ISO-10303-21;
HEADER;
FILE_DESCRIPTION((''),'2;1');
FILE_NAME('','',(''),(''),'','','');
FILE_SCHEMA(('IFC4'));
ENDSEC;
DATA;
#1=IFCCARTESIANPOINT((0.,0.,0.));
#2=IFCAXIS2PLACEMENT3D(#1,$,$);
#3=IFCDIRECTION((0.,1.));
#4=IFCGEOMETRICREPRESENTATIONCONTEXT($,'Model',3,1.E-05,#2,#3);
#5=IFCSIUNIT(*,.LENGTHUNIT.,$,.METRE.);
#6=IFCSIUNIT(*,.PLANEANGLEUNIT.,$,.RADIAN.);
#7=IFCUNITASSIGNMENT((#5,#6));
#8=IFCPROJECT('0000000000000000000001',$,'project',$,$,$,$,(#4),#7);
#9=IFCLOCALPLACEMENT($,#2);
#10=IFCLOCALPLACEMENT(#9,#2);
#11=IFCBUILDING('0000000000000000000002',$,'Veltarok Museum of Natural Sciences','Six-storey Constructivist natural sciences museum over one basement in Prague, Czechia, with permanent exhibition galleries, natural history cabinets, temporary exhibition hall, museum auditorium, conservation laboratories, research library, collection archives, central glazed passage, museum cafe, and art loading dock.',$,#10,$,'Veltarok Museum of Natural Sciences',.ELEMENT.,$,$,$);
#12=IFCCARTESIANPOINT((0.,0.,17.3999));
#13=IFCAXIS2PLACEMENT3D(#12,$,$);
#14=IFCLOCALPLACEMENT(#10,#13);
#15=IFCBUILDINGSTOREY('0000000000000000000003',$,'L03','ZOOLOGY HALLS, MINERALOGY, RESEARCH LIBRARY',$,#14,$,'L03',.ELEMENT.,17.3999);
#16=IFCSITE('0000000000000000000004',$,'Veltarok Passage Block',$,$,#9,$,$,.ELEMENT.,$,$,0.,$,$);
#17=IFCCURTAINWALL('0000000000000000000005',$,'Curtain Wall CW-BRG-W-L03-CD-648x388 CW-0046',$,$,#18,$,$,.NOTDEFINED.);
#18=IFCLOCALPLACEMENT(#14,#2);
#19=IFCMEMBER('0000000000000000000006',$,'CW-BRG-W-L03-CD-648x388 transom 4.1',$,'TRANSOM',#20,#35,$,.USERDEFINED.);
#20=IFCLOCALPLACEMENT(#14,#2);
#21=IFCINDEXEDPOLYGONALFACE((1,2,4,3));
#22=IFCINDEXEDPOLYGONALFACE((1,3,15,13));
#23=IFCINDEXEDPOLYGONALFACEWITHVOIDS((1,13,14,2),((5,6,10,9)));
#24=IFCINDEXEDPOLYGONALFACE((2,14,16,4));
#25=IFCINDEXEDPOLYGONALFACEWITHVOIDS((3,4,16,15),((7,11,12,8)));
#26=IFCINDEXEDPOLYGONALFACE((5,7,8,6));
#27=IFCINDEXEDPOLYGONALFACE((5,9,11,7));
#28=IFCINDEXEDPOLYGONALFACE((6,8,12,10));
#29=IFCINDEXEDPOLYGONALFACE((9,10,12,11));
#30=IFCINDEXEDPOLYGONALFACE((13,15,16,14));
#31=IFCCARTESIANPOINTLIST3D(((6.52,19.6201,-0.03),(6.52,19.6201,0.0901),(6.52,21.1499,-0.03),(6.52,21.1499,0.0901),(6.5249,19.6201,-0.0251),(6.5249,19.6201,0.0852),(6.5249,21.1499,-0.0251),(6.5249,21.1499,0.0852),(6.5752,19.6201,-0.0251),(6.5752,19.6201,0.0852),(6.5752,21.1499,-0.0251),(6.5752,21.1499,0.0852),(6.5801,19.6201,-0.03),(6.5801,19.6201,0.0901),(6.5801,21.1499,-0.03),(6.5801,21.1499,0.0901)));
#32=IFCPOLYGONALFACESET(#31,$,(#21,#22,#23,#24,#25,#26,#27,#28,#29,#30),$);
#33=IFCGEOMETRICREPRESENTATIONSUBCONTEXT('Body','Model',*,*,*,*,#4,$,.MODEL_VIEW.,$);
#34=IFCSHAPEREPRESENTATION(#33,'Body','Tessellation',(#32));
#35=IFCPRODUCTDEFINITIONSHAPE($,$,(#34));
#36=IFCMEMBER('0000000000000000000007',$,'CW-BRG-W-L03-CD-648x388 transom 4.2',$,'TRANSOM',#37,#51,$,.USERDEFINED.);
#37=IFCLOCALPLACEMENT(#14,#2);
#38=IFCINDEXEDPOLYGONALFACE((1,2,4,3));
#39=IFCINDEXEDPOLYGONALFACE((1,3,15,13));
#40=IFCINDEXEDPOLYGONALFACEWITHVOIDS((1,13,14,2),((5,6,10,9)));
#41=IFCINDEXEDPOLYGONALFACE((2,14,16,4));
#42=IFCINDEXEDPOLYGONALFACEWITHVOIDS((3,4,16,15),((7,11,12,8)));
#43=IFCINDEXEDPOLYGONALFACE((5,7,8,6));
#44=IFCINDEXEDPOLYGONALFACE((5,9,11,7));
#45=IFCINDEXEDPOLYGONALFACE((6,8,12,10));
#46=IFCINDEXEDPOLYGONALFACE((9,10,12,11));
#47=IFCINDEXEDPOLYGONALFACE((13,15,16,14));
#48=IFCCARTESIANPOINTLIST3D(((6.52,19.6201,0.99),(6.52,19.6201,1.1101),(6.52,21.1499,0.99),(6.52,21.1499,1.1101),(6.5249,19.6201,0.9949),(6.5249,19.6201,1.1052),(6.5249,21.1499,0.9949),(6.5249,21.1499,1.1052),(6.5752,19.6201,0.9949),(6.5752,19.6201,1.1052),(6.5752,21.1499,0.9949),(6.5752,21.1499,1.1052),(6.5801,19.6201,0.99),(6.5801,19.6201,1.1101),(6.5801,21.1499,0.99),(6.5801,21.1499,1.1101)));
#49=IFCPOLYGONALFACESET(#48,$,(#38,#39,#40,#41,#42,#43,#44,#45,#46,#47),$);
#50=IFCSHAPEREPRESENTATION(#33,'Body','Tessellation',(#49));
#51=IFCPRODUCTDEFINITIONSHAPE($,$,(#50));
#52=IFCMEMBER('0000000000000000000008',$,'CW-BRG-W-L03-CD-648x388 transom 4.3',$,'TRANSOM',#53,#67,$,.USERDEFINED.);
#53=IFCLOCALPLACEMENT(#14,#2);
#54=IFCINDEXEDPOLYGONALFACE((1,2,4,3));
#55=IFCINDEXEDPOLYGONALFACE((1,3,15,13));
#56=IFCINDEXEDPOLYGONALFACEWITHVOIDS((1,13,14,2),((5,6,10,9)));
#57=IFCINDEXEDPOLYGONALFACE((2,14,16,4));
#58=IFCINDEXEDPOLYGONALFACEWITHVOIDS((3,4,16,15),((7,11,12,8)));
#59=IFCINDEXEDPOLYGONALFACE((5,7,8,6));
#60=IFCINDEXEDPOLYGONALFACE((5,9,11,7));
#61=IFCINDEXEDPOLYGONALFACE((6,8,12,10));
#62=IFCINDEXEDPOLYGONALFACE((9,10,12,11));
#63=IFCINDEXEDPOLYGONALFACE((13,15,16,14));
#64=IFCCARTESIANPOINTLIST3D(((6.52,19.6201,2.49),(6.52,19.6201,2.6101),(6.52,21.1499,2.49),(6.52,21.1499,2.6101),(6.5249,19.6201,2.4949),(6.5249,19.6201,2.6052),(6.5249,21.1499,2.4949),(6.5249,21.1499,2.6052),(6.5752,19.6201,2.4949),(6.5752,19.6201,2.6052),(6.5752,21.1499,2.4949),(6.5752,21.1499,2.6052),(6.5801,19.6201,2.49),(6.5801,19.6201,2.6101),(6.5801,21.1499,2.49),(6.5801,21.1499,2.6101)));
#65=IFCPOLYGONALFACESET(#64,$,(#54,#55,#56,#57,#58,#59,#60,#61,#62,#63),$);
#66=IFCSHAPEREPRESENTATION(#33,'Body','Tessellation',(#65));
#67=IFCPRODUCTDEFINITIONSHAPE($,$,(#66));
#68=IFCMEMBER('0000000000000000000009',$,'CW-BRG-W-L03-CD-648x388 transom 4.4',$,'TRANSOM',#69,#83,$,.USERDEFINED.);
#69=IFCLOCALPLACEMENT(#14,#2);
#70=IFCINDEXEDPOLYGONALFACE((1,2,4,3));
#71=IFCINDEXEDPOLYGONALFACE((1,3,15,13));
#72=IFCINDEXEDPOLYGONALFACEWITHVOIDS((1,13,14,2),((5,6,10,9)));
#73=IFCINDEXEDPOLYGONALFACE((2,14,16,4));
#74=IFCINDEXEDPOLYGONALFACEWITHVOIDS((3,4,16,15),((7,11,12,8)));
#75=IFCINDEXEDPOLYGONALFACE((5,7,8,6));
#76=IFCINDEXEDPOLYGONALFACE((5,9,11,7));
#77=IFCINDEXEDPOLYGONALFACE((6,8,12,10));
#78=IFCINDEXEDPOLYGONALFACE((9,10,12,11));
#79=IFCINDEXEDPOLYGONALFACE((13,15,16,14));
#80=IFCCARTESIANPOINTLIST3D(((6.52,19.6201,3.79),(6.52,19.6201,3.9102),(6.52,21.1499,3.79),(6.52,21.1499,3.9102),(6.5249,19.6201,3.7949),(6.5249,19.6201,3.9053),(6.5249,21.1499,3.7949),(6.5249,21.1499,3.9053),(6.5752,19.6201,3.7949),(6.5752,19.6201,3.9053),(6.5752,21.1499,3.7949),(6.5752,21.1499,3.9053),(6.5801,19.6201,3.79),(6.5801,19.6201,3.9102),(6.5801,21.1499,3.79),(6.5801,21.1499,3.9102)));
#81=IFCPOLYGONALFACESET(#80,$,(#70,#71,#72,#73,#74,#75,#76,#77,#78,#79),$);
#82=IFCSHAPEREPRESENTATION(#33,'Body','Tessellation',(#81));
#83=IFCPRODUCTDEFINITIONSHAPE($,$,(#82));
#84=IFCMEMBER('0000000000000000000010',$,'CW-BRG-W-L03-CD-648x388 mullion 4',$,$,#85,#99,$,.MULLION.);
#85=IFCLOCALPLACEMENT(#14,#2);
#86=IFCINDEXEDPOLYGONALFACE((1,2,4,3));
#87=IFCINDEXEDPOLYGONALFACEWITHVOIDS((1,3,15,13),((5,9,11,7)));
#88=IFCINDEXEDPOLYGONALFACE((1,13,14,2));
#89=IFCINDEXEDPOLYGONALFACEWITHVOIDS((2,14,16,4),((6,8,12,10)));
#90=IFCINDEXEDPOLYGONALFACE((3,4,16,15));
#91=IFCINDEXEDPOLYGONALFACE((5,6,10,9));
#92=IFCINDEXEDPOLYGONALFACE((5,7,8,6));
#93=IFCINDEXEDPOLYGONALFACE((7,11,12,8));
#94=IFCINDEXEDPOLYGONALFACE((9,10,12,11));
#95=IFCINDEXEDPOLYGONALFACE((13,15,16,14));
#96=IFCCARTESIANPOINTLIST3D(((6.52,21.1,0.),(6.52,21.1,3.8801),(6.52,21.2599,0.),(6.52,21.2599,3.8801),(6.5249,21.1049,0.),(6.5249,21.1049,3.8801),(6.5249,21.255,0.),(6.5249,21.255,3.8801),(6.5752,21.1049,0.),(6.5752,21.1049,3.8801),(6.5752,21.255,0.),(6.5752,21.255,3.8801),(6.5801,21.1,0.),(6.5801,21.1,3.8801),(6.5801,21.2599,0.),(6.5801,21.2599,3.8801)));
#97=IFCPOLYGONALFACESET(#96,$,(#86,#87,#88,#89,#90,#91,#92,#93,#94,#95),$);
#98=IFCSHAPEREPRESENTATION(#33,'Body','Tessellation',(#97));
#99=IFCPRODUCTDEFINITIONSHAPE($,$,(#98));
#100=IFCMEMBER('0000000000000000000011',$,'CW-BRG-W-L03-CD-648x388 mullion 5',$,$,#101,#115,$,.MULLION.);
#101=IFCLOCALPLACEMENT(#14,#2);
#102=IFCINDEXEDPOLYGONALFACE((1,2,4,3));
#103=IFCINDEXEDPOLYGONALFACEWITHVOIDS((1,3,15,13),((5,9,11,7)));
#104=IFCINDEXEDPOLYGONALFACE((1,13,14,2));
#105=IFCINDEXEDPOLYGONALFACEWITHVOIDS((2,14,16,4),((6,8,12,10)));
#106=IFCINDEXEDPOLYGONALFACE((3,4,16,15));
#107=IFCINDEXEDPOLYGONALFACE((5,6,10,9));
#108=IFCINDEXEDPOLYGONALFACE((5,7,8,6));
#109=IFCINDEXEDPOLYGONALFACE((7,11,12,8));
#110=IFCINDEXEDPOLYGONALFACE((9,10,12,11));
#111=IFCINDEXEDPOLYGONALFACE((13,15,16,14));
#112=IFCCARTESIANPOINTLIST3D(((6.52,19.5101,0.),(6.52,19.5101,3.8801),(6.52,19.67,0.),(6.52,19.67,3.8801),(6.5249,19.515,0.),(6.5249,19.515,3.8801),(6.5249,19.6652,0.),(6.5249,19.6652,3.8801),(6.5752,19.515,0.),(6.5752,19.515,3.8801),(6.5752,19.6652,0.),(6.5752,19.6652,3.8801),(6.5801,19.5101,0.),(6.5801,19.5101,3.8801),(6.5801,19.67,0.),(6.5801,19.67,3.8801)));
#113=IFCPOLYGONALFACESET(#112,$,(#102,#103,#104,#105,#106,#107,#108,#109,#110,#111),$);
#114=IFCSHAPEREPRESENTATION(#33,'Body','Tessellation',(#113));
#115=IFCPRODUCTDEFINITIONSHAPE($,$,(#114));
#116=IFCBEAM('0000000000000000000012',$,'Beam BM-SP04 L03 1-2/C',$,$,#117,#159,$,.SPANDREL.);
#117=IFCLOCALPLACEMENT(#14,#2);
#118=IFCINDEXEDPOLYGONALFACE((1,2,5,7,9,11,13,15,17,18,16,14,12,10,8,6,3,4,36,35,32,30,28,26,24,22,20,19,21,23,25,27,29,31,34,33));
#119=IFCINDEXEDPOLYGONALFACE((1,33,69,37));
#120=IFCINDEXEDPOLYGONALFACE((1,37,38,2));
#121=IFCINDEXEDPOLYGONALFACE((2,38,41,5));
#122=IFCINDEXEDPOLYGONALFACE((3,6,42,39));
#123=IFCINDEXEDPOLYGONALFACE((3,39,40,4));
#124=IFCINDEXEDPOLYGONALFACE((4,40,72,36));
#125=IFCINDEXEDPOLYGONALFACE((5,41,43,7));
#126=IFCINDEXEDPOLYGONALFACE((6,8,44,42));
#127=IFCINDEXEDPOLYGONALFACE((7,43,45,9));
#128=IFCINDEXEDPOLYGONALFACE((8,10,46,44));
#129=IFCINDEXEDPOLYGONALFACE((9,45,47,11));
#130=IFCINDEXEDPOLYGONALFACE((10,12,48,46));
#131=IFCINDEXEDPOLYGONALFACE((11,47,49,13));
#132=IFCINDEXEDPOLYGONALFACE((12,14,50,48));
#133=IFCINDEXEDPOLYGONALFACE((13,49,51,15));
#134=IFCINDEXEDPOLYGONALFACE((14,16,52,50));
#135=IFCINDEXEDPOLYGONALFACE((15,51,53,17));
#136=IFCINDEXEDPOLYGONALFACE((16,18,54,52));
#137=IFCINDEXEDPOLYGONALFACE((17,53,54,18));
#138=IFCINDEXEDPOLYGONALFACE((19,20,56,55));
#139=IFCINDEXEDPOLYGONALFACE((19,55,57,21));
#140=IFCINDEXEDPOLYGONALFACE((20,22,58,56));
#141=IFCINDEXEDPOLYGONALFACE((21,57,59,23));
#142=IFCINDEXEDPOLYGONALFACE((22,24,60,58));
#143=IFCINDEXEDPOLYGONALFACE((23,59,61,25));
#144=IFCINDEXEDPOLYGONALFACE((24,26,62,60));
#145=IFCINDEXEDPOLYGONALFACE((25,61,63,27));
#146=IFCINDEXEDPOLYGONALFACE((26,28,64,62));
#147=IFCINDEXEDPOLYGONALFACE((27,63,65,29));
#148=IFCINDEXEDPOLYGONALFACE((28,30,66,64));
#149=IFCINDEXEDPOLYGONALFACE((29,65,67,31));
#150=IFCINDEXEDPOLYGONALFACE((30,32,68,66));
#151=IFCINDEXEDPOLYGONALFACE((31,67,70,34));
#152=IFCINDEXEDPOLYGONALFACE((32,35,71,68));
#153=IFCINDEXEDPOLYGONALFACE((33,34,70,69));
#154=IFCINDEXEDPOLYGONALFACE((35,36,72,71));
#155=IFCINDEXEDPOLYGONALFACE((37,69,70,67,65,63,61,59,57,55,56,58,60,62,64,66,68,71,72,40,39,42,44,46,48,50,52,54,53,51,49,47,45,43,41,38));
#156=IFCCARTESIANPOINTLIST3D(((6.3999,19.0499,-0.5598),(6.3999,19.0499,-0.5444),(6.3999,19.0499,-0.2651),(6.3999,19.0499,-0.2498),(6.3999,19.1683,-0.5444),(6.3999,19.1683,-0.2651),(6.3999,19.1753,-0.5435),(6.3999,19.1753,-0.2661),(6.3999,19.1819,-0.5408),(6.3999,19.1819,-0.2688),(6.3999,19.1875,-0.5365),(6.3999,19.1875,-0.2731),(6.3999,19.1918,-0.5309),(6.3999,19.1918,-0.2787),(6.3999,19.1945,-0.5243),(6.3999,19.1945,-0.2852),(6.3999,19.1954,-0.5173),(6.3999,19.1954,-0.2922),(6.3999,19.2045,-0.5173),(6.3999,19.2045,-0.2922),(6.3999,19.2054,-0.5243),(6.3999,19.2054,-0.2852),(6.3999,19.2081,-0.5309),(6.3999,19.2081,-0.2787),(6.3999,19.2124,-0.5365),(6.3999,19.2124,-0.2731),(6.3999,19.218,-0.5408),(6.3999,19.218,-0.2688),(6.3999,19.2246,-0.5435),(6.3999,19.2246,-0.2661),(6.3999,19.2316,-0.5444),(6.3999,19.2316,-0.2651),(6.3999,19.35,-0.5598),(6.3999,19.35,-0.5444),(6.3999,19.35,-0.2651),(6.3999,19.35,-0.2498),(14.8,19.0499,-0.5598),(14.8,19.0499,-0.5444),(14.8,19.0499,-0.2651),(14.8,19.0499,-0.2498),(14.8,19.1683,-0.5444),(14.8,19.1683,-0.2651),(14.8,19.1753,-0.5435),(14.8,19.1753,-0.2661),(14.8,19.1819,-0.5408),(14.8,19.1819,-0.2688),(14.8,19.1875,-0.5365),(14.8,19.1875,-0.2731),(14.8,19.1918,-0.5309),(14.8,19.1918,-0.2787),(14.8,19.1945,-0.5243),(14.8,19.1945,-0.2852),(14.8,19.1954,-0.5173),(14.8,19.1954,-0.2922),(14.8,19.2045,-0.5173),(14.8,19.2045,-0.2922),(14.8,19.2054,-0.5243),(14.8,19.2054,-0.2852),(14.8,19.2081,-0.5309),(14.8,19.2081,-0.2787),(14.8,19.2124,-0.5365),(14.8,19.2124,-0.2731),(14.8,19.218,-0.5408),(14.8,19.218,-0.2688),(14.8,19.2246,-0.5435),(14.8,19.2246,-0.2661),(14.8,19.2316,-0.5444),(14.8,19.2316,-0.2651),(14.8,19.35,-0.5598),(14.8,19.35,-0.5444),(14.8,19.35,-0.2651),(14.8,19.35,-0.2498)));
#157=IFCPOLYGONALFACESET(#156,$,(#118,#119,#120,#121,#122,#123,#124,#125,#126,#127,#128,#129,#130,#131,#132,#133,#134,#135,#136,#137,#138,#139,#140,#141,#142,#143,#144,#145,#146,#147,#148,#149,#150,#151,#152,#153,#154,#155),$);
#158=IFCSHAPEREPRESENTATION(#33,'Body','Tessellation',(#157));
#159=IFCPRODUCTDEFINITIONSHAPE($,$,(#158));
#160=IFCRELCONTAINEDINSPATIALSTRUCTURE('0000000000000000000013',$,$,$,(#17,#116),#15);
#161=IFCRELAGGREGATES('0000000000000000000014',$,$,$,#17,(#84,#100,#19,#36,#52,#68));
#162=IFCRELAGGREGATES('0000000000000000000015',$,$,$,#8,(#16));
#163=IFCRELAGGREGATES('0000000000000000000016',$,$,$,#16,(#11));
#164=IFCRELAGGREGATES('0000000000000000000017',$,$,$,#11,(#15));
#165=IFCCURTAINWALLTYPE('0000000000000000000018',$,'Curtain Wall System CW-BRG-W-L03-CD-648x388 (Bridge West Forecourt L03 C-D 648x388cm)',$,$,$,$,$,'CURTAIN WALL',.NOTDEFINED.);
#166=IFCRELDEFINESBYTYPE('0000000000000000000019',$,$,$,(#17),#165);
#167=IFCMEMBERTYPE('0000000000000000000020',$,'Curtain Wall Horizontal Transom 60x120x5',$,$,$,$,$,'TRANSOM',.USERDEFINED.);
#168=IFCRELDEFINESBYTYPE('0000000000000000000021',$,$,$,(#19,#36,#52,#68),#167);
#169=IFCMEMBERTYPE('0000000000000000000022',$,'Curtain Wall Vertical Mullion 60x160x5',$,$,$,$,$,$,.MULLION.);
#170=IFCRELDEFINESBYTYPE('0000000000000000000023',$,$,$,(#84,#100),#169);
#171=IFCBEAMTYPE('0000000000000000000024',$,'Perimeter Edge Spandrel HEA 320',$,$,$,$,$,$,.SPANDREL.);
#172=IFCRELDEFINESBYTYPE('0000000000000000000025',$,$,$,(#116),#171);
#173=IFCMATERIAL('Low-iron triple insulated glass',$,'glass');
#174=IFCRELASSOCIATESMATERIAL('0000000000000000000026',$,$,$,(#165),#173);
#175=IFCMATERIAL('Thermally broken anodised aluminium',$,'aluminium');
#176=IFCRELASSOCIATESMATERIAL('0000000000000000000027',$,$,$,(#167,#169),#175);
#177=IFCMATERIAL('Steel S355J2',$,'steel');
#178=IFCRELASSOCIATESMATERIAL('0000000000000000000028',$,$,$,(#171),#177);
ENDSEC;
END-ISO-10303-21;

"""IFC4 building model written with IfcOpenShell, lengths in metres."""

from ifc_helpers import new_model, si_unit, direction, frame, origin, origin_2d, place, context, subcontext, project, spatial, hollow_rectangle, i_section, extrude, material, material_profile, profile_set, type_object, element, aggregate, save


model = new_model("IFC4")

# Units and contexts
model_context = context("Model", 3, precision=1e-05, world=origin(), true_north=direction((0.0, 1.0)))
body_context = subcontext(model_context, "Body", "Model", "MODEL_VIEW")
ifc_project = project(units=[si_unit("LENGTHUNIT", "METRE"), si_unit("PLANEANGLEUNIT", "RADIAN")], contexts=[model_context])

# Site, building, storey
site_placement = place(None, origin())
site = spatial("IfcSite", under=ifc_project, at=site_placement, Name="Veltarok Passage Block", CompositionType="ELEMENT", RefElevation=0.0)
building_placement = place(site_placement, origin())
building = spatial("IfcBuilding", under=site, at=building_placement, Name="Veltarok Museum of Natural Sciences", Description="Six-storey Constructivist natural sciences museum over one basement in Prague, Czechia, with permanent exhibition galleries, natural history cabinets, temporary exhibition hall, museum auditorium, conservation laboratories, research library, collection archives, central glazed passage, museum cafe, and art loading dock.", LongName="Veltarok Museum of Natural Sciences", CompositionType="ELEMENT")
storey_placement = place(building_placement, frame((0.0, 0.0, 17.3999)))
storey = spatial("IfcBuildingStorey", under=building, at=storey_placement, Name="L03", Description="ZOOLOGY HALLS, MINERALOGY, RESEARCH LIBRARY", LongName="L03", CompositionType="ELEMENT", Elevation=17.3999)

# Shared definitions
ifc_material_1 = material(Name="Steel S355J2", Category="steel")

# Curtain wall, members
ifc_material_2 = material(Name="Low-iron triple insulated glass", Category="glass")
curtain_wall_type = type_object("IfcCurtainWallType", Name="Curtain Wall System CW-BRG-W-L03-CD-648x388 (Bridge West Forecourt L03 C-D 648x388cm)", ElementType="CURTAIN WALL", PredefinedType="NOTDEFINED", material=ifc_material_2)
curtain_wall_placement = place(storey_placement, origin())
curtain_wall = element("IfcCurtainWall", 1, at=curtain_wall_placement, inside=storey, type_object=curtain_wall_type, Name="Curtain Wall CW-BRG-W-L03-CD-648x388 CW-0046", PredefinedType="NOTDEFINED")
ifc_material_3 = material(Name="Thermally broken anodised aluminium", Category="aluminium")
ifc_material_profile_1 = material_profile(ifc_material_3, hollow_rectangle(XDim=0.0601, YDim=0.1201, WallThickness=0.0049, at=origin_2d()), Name="CW TRANSOM 60x120x5")
ifc_profile_set_1 = profile_set([ifc_material_profile_1], Name="Thermally broken anodised aluminium")
member_type_1 = type_object("IfcMemberType", Name="Curtain Wall Horizontal Transom 60x120x5", ElementType="TRANSOM", PredefinedType="USERDEFINED", material=ifc_profile_set_1)
member_1_placement = place(storey_placement, frame((6.55, 21.1499, 0.03), z_axis=(0.0, -1.0, 0.0), x_axis=(1.0, 0.0, 0.0)))
member_1 = element("IfcMember", 2, at=member_1_placement, type_object=member_type_1, Name="CW-BRG-W-L03-CD-648x388 transom 4.1", ObjectType="TRANSOM", PredefinedType="USERDEFINED", context=body_context, shape_type="SweptSolid", body=[
    extrude(hollow_rectangle(XDim=0.0601, YDim=0.1201, WallThickness=0.0049, at=origin_2d()), origin(), (0.0, 0.0, 1.0), 1.5298),
])
member_2_placement = place(storey_placement, frame((6.55, 21.1499, 1.05), z_axis=(0.0, -1.0, 0.0), x_axis=(1.0, 0.0, 0.0)))
member_2 = element("IfcMember", 3, at=member_2_placement, type_object=member_type_1, Name="CW-BRG-W-L03-CD-648x388 transom 4.2", ObjectType="TRANSOM", PredefinedType="USERDEFINED", context=body_context, shape_type="SweptSolid", body=[
    extrude(hollow_rectangle(XDim=0.0601, YDim=0.1201, WallThickness=0.0049, at=origin_2d()), origin(), (0.0, 0.0, 1.0), 1.5298),
])
member_3_placement = place(storey_placement, frame((6.55, 21.1499, 2.55), z_axis=(0.0, -1.0, 0.0), x_axis=(1.0, 0.0, 0.0)))
member_3 = element("IfcMember", 4, at=member_3_placement, type_object=member_type_1, Name="CW-BRG-W-L03-CD-648x388 transom 4.3", ObjectType="TRANSOM", PredefinedType="USERDEFINED", context=body_context, shape_type="SweptSolid", body=[
    extrude(hollow_rectangle(XDim=0.0601, YDim=0.1201, WallThickness=0.0049, at=origin_2d()), origin(), (0.0, 0.0, 1.0), 1.5298),
])
member_4_placement = place(storey_placement, frame((6.55, 21.1499, 3.8501), z_axis=(0.0, -1.0, 0.0), x_axis=(1.0, 0.0, 0.0)))
member_4 = element("IfcMember", 5, at=member_4_placement, type_object=member_type_1, Name="CW-BRG-W-L03-CD-648x388 transom 4.4", ObjectType="TRANSOM", PredefinedType="USERDEFINED", context=body_context, shape_type="SweptSolid", body=[
    extrude(hollow_rectangle(XDim=0.0601, YDim=0.1201, WallThickness=0.0049, at=origin_2d()), origin(), (0.0, 0.0, 1.0), 1.5298),
])
ifc_material_profile_2 = material_profile(ifc_material_3, hollow_rectangle(XDim=0.0601, YDim=0.1599, WallThickness=0.0049, at=origin_2d()), Name="CW MULLION 60x160x5")
ifc_profile_set_2 = profile_set([ifc_material_profile_2], Name="Thermally broken anodised aluminium")
member_type_2 = type_object("IfcMemberType", Name="Curtain Wall Vertical Mullion 60x160x5", PredefinedType="MULLION", material=ifc_profile_set_2)
member_5_placement = place(storey_placement, frame((6.55, 21.1799, 0.0), z_axis=(0.0, 0.0, 1.0), x_axis=(1.0, 0.0, 0.0)))
member_5 = element("IfcMember", 6, at=member_5_placement, type_object=member_type_2, Name="CW-BRG-W-L03-CD-648x388 mullion 4", PredefinedType="MULLION", context=body_context, shape_type="SweptSolid", body=[
    extrude(hollow_rectangle(XDim=0.0601, YDim=0.1599, WallThickness=0.0049, at=origin_2d()), origin(), (0.0, 0.0, 1.0), 3.8801),
])
member_6_placement = place(storey_placement, frame((6.55, 19.5901, 0.0), z_axis=(0.0, 0.0, 1.0), x_axis=(1.0, 0.0, 0.0)))
member_6 = element("IfcMember", 7, at=member_6_placement, type_object=member_type_2, Name="CW-BRG-W-L03-CD-648x388 mullion 5", PredefinedType="MULLION", context=body_context, shape_type="SweptSolid", body=[
    extrude(hollow_rectangle(XDim=0.0601, YDim=0.1599, WallThickness=0.0049, at=origin_2d()), origin(), (0.0, 0.0, 1.0), 3.8801),
])

# Beam
ifc_material_profile_3 = material_profile(ifc_material_1, i_section(OverallWidth=0.3, OverallDepth=0.3101, WebThickness=0.009, FlangeThickness=0.0154, FilletRadius=0.0271, at=origin_2d()), Name="HEA 320")
ifc_profile_set_3 = profile_set([ifc_material_profile_3], Name="Steel S355J2")
beam_type_1 = type_object("IfcBeamType", Name="Perimeter Edge Spandrel HEA 320", PredefinedType="SPANDREL", material=ifc_profile_set_3)
beam_1_placement = place(storey_placement, frame((6.3999, 19.2, -0.4048), z_axis=(1.0, 0.0, 0.0), x_axis=(0.0, 1.0, 0.0)))
element("IfcBeam", 8, at=beam_1_placement, inside=storey, type_object=beam_type_1, Name="Beam BM-SP04 L03 1-2/C", PredefinedType="SPANDREL", context=body_context, shape_type="SweptSolid", body=[
    extrude(i_section(OverallWidth=0.3, OverallDepth=0.3101, WebThickness=0.009, FlangeThickness=0.0154, FilletRadius=0.0271, at=origin_2d()), origin(), (0.0, 0.0, 1.0), 8.4001),
])

aggregate(curtain_wall, [member_5, member_6, member_1, member_2, member_3, member_4])

save(model, "model.ifc")
